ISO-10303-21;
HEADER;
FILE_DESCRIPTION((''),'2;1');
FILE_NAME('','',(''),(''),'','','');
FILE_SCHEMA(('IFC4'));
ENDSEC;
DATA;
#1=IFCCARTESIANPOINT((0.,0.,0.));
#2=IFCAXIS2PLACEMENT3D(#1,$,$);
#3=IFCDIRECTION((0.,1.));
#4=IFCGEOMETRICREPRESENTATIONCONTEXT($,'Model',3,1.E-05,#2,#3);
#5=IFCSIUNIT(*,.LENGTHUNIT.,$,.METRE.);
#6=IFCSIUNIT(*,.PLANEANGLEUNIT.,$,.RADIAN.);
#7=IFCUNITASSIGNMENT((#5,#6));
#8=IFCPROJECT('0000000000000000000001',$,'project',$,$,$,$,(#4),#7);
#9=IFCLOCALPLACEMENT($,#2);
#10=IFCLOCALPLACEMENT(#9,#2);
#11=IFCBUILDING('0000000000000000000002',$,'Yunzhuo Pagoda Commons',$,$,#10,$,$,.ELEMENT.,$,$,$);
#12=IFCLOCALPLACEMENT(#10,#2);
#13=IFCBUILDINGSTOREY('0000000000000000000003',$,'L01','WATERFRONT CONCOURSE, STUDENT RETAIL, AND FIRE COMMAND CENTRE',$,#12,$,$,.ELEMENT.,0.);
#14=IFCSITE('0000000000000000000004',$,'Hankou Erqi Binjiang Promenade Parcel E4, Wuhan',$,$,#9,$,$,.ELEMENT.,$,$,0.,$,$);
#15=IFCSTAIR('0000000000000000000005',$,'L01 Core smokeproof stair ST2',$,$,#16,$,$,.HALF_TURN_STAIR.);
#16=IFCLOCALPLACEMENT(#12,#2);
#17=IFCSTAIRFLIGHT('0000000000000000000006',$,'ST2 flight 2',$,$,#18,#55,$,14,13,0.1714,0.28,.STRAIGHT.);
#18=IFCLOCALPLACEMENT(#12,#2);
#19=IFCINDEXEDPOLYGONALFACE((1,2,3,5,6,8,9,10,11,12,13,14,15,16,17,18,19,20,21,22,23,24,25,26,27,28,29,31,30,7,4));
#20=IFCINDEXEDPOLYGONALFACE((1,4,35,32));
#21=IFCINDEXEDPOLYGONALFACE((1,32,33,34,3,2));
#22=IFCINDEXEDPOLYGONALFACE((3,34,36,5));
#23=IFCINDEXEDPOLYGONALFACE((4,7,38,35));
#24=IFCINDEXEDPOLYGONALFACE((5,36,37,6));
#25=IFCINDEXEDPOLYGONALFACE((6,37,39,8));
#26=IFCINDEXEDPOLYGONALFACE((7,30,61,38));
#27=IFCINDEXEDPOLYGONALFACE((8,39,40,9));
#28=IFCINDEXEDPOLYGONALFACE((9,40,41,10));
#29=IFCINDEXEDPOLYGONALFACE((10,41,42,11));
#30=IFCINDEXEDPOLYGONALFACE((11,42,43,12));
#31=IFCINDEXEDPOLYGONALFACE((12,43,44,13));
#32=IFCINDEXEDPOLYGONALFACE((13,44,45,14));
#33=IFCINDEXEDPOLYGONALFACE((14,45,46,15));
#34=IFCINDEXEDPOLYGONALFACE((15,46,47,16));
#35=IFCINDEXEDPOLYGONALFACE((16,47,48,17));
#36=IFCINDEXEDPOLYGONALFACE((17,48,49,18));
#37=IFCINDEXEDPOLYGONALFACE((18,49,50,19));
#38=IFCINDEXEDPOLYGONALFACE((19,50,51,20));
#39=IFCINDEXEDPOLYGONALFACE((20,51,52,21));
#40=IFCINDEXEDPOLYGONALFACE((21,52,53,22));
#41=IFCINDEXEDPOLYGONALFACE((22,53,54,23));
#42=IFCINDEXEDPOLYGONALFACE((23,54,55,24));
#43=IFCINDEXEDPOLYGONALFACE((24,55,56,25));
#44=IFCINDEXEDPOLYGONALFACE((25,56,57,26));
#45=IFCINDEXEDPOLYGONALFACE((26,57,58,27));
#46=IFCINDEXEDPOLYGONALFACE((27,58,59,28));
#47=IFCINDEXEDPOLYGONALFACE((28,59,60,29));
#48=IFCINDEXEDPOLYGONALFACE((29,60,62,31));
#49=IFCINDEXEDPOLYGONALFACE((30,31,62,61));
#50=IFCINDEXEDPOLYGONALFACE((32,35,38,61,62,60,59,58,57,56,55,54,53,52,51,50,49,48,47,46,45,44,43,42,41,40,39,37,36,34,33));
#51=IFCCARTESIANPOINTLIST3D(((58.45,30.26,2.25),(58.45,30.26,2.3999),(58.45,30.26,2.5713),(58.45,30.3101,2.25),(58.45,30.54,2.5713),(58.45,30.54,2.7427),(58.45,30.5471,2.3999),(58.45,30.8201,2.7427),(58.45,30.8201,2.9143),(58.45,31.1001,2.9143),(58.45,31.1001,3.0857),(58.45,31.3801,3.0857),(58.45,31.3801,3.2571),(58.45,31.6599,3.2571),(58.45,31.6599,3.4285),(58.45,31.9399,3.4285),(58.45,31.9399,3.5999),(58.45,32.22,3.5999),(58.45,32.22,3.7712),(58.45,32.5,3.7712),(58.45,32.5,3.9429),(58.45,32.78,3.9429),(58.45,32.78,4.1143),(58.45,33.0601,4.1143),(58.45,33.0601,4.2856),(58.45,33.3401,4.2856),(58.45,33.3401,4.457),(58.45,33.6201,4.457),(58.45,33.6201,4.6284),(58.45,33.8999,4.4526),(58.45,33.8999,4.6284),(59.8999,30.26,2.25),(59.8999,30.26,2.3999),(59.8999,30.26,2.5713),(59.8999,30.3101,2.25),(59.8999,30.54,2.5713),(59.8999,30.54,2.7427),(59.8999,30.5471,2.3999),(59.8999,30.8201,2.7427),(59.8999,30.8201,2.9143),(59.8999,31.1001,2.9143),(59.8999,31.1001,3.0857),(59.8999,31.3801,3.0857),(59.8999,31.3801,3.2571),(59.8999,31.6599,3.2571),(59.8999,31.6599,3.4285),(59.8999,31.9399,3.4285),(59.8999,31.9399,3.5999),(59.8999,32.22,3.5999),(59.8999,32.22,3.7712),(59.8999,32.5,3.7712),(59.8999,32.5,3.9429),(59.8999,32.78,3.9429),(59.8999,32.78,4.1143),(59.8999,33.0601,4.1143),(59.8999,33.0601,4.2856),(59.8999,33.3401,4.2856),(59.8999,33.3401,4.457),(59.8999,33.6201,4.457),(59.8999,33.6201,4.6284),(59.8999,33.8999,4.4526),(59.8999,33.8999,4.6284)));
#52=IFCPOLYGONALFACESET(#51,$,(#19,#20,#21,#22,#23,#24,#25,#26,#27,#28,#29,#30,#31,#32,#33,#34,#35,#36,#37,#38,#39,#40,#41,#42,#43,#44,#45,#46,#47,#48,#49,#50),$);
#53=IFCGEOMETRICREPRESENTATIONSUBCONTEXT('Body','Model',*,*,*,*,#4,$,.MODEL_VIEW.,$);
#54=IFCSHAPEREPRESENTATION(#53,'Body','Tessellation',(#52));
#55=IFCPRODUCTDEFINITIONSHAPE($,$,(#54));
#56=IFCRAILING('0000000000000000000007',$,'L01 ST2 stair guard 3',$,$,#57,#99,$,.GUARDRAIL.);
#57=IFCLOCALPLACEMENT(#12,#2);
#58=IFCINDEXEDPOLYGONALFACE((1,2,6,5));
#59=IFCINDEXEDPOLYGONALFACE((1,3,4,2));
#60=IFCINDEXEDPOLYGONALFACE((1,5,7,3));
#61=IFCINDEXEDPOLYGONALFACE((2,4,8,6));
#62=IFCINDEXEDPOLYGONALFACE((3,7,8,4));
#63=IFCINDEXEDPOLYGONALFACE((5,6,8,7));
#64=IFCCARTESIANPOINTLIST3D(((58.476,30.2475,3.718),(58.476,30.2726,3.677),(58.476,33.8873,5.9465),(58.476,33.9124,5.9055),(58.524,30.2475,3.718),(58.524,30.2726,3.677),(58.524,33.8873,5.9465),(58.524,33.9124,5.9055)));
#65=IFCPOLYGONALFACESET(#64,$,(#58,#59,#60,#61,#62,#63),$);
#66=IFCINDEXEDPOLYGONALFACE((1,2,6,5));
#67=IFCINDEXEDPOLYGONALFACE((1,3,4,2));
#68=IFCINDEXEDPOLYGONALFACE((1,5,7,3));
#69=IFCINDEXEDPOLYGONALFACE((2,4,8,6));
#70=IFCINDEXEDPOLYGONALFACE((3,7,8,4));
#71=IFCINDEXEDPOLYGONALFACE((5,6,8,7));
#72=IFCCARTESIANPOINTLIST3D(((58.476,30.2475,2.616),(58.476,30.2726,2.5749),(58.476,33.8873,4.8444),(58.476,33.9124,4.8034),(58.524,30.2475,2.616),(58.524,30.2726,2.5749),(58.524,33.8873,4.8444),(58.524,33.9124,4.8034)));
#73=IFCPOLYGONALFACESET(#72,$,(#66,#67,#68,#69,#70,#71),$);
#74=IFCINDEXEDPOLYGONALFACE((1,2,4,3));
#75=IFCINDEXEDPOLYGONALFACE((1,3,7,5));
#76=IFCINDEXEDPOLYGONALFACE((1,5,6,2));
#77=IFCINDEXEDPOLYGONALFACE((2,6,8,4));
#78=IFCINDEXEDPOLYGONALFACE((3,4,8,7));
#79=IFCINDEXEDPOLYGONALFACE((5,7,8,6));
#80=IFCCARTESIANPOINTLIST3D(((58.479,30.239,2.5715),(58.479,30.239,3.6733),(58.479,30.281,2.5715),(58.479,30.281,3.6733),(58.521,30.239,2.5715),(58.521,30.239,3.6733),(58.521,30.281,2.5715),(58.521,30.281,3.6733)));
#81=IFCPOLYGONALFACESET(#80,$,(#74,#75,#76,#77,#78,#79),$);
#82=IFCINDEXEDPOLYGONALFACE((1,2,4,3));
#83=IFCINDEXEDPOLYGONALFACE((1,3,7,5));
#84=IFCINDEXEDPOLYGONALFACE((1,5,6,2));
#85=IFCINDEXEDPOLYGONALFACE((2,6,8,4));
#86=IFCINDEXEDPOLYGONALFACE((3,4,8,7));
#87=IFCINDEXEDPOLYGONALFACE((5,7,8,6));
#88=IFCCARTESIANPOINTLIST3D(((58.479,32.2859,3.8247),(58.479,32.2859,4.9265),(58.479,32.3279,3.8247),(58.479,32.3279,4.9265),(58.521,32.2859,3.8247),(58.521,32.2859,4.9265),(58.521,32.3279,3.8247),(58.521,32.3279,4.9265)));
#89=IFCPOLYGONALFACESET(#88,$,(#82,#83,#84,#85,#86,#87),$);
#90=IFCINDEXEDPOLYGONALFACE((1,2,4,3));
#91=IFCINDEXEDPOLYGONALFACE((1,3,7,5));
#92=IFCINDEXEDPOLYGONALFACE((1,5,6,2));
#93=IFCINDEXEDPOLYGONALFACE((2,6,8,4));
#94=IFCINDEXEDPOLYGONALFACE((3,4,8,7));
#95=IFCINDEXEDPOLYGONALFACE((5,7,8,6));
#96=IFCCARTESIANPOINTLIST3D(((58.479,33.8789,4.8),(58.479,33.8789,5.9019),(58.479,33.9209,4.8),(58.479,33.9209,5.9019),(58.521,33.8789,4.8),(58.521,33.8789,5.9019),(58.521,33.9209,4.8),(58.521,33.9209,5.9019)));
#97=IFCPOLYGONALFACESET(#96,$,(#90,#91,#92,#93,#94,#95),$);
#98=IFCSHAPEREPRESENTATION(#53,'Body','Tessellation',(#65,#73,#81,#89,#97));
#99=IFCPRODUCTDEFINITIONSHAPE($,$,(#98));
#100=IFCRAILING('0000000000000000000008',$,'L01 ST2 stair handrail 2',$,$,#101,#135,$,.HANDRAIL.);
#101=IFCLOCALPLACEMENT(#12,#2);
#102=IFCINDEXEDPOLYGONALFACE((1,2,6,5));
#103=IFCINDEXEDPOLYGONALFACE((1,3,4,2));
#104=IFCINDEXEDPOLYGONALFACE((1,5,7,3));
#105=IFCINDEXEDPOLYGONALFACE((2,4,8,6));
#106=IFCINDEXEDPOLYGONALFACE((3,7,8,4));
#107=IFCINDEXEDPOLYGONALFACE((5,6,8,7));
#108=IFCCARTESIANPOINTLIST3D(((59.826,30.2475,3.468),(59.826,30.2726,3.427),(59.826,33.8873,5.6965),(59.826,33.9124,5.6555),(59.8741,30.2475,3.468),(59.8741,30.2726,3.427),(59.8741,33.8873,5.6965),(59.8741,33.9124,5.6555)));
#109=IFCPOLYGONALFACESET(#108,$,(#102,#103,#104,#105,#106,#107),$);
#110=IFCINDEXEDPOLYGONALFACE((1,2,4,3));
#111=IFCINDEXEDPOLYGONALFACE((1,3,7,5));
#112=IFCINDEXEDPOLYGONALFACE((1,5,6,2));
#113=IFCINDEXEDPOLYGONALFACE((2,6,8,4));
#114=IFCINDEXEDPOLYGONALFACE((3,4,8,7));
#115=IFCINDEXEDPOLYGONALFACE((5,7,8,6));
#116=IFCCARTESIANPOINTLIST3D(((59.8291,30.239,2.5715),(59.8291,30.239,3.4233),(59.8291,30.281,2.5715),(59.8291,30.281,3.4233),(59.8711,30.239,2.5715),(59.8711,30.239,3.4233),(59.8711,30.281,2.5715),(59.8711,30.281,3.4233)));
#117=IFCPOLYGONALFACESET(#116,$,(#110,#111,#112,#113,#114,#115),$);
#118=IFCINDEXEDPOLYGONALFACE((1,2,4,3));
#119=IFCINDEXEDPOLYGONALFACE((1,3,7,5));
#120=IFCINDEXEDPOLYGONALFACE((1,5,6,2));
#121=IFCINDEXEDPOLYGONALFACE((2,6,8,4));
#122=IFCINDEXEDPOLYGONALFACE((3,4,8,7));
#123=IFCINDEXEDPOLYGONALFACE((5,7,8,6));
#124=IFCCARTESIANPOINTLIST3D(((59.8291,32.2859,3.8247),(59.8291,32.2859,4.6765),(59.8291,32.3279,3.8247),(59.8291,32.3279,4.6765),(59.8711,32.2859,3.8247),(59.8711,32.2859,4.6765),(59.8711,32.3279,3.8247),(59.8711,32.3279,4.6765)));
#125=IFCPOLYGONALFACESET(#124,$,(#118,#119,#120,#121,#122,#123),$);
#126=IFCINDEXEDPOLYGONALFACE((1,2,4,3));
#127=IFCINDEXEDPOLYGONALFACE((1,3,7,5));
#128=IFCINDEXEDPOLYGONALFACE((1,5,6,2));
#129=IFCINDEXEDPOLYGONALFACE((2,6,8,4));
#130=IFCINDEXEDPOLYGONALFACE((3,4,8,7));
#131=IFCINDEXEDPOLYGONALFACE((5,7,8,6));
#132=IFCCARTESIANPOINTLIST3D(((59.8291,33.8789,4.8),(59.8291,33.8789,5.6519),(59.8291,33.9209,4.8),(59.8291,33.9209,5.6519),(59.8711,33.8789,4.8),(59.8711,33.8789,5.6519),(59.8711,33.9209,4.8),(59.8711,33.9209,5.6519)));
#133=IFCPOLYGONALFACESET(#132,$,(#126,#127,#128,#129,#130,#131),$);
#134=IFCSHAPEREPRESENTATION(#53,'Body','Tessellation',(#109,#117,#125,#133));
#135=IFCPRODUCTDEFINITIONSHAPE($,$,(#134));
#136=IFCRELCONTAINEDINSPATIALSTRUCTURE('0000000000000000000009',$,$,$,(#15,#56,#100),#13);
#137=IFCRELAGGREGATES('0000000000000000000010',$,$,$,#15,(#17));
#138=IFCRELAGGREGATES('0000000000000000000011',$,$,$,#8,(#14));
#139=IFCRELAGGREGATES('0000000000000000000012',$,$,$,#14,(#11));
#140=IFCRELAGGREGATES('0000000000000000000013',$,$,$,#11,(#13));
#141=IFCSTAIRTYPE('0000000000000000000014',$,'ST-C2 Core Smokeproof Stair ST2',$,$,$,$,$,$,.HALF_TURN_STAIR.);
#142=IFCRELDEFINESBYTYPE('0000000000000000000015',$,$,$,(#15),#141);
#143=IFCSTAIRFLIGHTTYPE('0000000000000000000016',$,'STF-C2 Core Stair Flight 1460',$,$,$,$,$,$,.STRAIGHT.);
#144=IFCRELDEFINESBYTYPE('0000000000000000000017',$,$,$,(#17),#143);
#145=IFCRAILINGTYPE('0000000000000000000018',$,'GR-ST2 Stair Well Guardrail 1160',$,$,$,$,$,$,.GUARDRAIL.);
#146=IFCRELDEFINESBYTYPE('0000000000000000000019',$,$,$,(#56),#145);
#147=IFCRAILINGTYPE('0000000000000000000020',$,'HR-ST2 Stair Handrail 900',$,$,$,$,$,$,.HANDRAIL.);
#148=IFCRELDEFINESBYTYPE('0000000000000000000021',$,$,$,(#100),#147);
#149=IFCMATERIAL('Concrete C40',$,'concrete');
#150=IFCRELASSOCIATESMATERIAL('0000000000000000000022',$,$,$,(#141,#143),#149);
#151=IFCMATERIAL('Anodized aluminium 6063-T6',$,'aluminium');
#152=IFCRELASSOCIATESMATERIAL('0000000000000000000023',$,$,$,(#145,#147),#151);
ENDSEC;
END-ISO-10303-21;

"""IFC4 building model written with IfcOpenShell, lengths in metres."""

from ifc_helpers import new_model, si_unit, direction, frame, origin, origin_2d, place, context, subcontext, project, spatial, polyline, rectangle, outline, extrude, source, transform, mapped, material, type_object, element, aggregate, save


model = new_model("IFC4")

# Units and contexts
model_context = context("Model", 3, precision=1e-05, world=origin(), true_north=direction((0.0, 1.0)))
body_context = subcontext(model_context, "Body", "Model", "MODEL_VIEW")
ifc_project = project(units=[si_unit("LENGTHUNIT", "METRE"), si_unit("PLANEANGLEUNIT", "RADIAN")], contexts=[model_context])

# Site, building, storey
site_placement = place(None, origin())
site = spatial("IfcSite", under=ifc_project, at=site_placement, Name="Hankou Erqi Binjiang Promenade Parcel E4, Wuhan", CompositionType="ELEMENT", RefElevation=0.0)
building_placement = place(site_placement, origin())
building = spatial("IfcBuilding", under=site, at=building_placement, Name="Yunzhuo Pagoda Commons", CompositionType="ELEMENT")
storey_placement = place(building_placement, origin())
storey = spatial("IfcBuildingStorey", under=building, at=storey_placement, Name="L01", Description="WATERFRONT CONCOURSE, STUDENT RETAIL, AND FIRE COMMAND CENTRE", CompositionType="ELEMENT", Elevation=0.0)

# Shared definitions
ifc_material_1 = material(Name="Anodized aluminium 6063-T6", Category="aluminium")

# Shared definitions
ifc_material_2 = material(Name="Concrete C40", Category="concrete")

# Stair, stair flight
stair_type = type_object("IfcStairType", Name="ST-C2 Core Smokeproof Stair ST2", PredefinedType="HALF_TURN_STAIR", material=ifc_material_2)
stair_placement = place(storey_placement, origin())
stair = element("IfcStair", 1, at=stair_placement, inside=storey, type_object=stair_type, Name="L01 Core smokeproof stair ST2", PredefinedType="HALF_TURN_STAIR")
stair_flight_type = type_object("IfcStairFlightType", Name="STF-C2 Core Stair Flight 1460", PredefinedType="STRAIGHT", material=ifc_material_2)
shared_shape_1 = source(origin(), body_context, "Body", "SweptSolid", [
    extrude(outline(polyline([(0.0, -0.1499), (0.0, 0.0), (0.0, 0.1714), (0.28, 0.1714), (0.28, 0.3428), (0.5601, 0.3428), (0.5601, 0.5144), (0.8401, 0.5144), (0.8401, 0.6858), (1.1201, 0.6858), (1.1201, 0.8572), (1.3999, 0.8572), (1.3999, 1.0286), (1.6799, 1.0286), (1.6799, 1.2), (1.96, 1.2), (1.96, 1.3713), (2.24, 1.3713), (2.24, 1.543), (2.52, 1.543), (2.52, 1.7144), (2.8, 1.7144), (2.8, 1.8857), (3.0801, 1.8857), (3.0801, 2.0571), (3.3601, 2.0571), (3.3601, 2.2285), (3.6399, 2.2285), (3.6399, 2.3999), (3.6399, 2.0527), (0.2871, 0.0), (0.05, -0.1499), (0.0, -0.1499)])), frame((0.0, 0.7251, 0.0), z_axis=(0.0, -1.0, 0.0), x_axis=(1.0, 0.0, 0.0)), (0.0, 0.0, 1.0), 1.45),
])
stair_flight_placement = place(storey_placement, frame((59.175, 30.26, 2.3999), z_axis=(0.0, 0.0, 1.0), x_axis=(0.0, 1.0, 0.0)))
stair_flight = element("IfcStairFlight", 2, at=stair_flight_placement, type_object=stair_flight_type, Name="ST2 flight 2", NumberOfRisers=14, NumberOfTreads=13, PredefinedType="STRAIGHT", RiserHeight=0.1714, TreadLength=0.28, context=body_context, shape_type="MappedRepresentation", body=[
    mapped(shared_shape_1, transform((0.0, 0.0, 0.0), scale=1.0)),
])
aggregate(stair, [stair_flight])

# Railings
railing_type_1 = type_object("IfcRailingType", Name="GR-ST2 Stair Well Guardrail 1160", PredefinedType="GUARDRAIL", material=ifc_material_1)
railing_1_placement = place(storey_placement, frame((58.5, 30.26, 2.5715)))
element("IfcRailing", 3, at=railing_1_placement, inside=storey, type_object=railing_type_1, Name="L01 ST2 stair guard 3", PredefinedType="GUARDRAIL", context=body_context, shape_type="SweptSolid", body=[
    extrude(rectangle(XDim=0.0481, YDim=0.0481, at=origin_2d()), frame((0.0, 0.0, 1.126), z_axis=(0.0, 0.85285, 0.522156), x_axis=(-1.0, 0.0, 0.0)), (0.0, 0.0, 1.0), 4.2678),
    extrude(rectangle(XDim=0.0481, YDim=0.0481, at=origin_2d()), frame((0.0, 0.0, 0.0239), z_axis=(0.0, 0.85285, 0.522156), x_axis=(-1.0, 0.0, 0.0)), (0.0, 0.0, 1.0), 4.2678),
    extrude(rectangle(XDim=0.042, YDim=0.042, at=origin_2d()), origin(), (0.0, 0.0, 1.0), 1.1018),
    extrude(rectangle(XDim=0.042, YDim=0.042, at=origin_2d()), frame((0.0, 2.0469, 1.2532)), (0.0, 0.0, 1.0), 1.1018),
    extrude(rectangle(XDim=0.042, YDim=0.042, at=origin_2d()), frame((0.0, 3.6399, 2.2285)), (0.0, 0.0, 1.0), 1.1018),
])
railing_type_2 = type_object("IfcRailingType", Name="HR-ST2 Stair Handrail 900", PredefinedType="HANDRAIL", material=ifc_material_1)
railing_2_placement = place(storey_placement, frame((59.8501, 30.26, 2.5715)))
element("IfcRailing", 4, at=railing_2_placement, inside=storey, type_object=railing_type_2, Name="L01 ST2 stair handrail 2", PredefinedType="HANDRAIL", context=body_context, shape_type="SweptSolid", body=[
    extrude(rectangle(XDim=0.0481, YDim=0.0481, at=origin_2d()), frame((0.0, 0.0, 0.876), z_axis=(0.0, 0.85285, 0.522156), x_axis=(-1.0, 0.0, 0.0)), (0.0, 0.0, 1.0), 4.2678),
    extrude(rectangle(XDim=0.042, YDim=0.042, at=origin_2d()), origin(), (0.0, 0.0, 1.0), 0.8518),
    extrude(rectangle(XDim=0.042, YDim=0.042, at=origin_2d()), frame((0.0, 2.0469, 1.2532)), (0.0, 0.0, 1.0), 0.8518),
    extrude(rectangle(XDim=0.042, YDim=0.042, at=origin_2d()), frame((0.0, 3.6399, 2.2285)), (0.0, 0.0, 1.0), 0.8518),
])

save(model, "model.ifc")
